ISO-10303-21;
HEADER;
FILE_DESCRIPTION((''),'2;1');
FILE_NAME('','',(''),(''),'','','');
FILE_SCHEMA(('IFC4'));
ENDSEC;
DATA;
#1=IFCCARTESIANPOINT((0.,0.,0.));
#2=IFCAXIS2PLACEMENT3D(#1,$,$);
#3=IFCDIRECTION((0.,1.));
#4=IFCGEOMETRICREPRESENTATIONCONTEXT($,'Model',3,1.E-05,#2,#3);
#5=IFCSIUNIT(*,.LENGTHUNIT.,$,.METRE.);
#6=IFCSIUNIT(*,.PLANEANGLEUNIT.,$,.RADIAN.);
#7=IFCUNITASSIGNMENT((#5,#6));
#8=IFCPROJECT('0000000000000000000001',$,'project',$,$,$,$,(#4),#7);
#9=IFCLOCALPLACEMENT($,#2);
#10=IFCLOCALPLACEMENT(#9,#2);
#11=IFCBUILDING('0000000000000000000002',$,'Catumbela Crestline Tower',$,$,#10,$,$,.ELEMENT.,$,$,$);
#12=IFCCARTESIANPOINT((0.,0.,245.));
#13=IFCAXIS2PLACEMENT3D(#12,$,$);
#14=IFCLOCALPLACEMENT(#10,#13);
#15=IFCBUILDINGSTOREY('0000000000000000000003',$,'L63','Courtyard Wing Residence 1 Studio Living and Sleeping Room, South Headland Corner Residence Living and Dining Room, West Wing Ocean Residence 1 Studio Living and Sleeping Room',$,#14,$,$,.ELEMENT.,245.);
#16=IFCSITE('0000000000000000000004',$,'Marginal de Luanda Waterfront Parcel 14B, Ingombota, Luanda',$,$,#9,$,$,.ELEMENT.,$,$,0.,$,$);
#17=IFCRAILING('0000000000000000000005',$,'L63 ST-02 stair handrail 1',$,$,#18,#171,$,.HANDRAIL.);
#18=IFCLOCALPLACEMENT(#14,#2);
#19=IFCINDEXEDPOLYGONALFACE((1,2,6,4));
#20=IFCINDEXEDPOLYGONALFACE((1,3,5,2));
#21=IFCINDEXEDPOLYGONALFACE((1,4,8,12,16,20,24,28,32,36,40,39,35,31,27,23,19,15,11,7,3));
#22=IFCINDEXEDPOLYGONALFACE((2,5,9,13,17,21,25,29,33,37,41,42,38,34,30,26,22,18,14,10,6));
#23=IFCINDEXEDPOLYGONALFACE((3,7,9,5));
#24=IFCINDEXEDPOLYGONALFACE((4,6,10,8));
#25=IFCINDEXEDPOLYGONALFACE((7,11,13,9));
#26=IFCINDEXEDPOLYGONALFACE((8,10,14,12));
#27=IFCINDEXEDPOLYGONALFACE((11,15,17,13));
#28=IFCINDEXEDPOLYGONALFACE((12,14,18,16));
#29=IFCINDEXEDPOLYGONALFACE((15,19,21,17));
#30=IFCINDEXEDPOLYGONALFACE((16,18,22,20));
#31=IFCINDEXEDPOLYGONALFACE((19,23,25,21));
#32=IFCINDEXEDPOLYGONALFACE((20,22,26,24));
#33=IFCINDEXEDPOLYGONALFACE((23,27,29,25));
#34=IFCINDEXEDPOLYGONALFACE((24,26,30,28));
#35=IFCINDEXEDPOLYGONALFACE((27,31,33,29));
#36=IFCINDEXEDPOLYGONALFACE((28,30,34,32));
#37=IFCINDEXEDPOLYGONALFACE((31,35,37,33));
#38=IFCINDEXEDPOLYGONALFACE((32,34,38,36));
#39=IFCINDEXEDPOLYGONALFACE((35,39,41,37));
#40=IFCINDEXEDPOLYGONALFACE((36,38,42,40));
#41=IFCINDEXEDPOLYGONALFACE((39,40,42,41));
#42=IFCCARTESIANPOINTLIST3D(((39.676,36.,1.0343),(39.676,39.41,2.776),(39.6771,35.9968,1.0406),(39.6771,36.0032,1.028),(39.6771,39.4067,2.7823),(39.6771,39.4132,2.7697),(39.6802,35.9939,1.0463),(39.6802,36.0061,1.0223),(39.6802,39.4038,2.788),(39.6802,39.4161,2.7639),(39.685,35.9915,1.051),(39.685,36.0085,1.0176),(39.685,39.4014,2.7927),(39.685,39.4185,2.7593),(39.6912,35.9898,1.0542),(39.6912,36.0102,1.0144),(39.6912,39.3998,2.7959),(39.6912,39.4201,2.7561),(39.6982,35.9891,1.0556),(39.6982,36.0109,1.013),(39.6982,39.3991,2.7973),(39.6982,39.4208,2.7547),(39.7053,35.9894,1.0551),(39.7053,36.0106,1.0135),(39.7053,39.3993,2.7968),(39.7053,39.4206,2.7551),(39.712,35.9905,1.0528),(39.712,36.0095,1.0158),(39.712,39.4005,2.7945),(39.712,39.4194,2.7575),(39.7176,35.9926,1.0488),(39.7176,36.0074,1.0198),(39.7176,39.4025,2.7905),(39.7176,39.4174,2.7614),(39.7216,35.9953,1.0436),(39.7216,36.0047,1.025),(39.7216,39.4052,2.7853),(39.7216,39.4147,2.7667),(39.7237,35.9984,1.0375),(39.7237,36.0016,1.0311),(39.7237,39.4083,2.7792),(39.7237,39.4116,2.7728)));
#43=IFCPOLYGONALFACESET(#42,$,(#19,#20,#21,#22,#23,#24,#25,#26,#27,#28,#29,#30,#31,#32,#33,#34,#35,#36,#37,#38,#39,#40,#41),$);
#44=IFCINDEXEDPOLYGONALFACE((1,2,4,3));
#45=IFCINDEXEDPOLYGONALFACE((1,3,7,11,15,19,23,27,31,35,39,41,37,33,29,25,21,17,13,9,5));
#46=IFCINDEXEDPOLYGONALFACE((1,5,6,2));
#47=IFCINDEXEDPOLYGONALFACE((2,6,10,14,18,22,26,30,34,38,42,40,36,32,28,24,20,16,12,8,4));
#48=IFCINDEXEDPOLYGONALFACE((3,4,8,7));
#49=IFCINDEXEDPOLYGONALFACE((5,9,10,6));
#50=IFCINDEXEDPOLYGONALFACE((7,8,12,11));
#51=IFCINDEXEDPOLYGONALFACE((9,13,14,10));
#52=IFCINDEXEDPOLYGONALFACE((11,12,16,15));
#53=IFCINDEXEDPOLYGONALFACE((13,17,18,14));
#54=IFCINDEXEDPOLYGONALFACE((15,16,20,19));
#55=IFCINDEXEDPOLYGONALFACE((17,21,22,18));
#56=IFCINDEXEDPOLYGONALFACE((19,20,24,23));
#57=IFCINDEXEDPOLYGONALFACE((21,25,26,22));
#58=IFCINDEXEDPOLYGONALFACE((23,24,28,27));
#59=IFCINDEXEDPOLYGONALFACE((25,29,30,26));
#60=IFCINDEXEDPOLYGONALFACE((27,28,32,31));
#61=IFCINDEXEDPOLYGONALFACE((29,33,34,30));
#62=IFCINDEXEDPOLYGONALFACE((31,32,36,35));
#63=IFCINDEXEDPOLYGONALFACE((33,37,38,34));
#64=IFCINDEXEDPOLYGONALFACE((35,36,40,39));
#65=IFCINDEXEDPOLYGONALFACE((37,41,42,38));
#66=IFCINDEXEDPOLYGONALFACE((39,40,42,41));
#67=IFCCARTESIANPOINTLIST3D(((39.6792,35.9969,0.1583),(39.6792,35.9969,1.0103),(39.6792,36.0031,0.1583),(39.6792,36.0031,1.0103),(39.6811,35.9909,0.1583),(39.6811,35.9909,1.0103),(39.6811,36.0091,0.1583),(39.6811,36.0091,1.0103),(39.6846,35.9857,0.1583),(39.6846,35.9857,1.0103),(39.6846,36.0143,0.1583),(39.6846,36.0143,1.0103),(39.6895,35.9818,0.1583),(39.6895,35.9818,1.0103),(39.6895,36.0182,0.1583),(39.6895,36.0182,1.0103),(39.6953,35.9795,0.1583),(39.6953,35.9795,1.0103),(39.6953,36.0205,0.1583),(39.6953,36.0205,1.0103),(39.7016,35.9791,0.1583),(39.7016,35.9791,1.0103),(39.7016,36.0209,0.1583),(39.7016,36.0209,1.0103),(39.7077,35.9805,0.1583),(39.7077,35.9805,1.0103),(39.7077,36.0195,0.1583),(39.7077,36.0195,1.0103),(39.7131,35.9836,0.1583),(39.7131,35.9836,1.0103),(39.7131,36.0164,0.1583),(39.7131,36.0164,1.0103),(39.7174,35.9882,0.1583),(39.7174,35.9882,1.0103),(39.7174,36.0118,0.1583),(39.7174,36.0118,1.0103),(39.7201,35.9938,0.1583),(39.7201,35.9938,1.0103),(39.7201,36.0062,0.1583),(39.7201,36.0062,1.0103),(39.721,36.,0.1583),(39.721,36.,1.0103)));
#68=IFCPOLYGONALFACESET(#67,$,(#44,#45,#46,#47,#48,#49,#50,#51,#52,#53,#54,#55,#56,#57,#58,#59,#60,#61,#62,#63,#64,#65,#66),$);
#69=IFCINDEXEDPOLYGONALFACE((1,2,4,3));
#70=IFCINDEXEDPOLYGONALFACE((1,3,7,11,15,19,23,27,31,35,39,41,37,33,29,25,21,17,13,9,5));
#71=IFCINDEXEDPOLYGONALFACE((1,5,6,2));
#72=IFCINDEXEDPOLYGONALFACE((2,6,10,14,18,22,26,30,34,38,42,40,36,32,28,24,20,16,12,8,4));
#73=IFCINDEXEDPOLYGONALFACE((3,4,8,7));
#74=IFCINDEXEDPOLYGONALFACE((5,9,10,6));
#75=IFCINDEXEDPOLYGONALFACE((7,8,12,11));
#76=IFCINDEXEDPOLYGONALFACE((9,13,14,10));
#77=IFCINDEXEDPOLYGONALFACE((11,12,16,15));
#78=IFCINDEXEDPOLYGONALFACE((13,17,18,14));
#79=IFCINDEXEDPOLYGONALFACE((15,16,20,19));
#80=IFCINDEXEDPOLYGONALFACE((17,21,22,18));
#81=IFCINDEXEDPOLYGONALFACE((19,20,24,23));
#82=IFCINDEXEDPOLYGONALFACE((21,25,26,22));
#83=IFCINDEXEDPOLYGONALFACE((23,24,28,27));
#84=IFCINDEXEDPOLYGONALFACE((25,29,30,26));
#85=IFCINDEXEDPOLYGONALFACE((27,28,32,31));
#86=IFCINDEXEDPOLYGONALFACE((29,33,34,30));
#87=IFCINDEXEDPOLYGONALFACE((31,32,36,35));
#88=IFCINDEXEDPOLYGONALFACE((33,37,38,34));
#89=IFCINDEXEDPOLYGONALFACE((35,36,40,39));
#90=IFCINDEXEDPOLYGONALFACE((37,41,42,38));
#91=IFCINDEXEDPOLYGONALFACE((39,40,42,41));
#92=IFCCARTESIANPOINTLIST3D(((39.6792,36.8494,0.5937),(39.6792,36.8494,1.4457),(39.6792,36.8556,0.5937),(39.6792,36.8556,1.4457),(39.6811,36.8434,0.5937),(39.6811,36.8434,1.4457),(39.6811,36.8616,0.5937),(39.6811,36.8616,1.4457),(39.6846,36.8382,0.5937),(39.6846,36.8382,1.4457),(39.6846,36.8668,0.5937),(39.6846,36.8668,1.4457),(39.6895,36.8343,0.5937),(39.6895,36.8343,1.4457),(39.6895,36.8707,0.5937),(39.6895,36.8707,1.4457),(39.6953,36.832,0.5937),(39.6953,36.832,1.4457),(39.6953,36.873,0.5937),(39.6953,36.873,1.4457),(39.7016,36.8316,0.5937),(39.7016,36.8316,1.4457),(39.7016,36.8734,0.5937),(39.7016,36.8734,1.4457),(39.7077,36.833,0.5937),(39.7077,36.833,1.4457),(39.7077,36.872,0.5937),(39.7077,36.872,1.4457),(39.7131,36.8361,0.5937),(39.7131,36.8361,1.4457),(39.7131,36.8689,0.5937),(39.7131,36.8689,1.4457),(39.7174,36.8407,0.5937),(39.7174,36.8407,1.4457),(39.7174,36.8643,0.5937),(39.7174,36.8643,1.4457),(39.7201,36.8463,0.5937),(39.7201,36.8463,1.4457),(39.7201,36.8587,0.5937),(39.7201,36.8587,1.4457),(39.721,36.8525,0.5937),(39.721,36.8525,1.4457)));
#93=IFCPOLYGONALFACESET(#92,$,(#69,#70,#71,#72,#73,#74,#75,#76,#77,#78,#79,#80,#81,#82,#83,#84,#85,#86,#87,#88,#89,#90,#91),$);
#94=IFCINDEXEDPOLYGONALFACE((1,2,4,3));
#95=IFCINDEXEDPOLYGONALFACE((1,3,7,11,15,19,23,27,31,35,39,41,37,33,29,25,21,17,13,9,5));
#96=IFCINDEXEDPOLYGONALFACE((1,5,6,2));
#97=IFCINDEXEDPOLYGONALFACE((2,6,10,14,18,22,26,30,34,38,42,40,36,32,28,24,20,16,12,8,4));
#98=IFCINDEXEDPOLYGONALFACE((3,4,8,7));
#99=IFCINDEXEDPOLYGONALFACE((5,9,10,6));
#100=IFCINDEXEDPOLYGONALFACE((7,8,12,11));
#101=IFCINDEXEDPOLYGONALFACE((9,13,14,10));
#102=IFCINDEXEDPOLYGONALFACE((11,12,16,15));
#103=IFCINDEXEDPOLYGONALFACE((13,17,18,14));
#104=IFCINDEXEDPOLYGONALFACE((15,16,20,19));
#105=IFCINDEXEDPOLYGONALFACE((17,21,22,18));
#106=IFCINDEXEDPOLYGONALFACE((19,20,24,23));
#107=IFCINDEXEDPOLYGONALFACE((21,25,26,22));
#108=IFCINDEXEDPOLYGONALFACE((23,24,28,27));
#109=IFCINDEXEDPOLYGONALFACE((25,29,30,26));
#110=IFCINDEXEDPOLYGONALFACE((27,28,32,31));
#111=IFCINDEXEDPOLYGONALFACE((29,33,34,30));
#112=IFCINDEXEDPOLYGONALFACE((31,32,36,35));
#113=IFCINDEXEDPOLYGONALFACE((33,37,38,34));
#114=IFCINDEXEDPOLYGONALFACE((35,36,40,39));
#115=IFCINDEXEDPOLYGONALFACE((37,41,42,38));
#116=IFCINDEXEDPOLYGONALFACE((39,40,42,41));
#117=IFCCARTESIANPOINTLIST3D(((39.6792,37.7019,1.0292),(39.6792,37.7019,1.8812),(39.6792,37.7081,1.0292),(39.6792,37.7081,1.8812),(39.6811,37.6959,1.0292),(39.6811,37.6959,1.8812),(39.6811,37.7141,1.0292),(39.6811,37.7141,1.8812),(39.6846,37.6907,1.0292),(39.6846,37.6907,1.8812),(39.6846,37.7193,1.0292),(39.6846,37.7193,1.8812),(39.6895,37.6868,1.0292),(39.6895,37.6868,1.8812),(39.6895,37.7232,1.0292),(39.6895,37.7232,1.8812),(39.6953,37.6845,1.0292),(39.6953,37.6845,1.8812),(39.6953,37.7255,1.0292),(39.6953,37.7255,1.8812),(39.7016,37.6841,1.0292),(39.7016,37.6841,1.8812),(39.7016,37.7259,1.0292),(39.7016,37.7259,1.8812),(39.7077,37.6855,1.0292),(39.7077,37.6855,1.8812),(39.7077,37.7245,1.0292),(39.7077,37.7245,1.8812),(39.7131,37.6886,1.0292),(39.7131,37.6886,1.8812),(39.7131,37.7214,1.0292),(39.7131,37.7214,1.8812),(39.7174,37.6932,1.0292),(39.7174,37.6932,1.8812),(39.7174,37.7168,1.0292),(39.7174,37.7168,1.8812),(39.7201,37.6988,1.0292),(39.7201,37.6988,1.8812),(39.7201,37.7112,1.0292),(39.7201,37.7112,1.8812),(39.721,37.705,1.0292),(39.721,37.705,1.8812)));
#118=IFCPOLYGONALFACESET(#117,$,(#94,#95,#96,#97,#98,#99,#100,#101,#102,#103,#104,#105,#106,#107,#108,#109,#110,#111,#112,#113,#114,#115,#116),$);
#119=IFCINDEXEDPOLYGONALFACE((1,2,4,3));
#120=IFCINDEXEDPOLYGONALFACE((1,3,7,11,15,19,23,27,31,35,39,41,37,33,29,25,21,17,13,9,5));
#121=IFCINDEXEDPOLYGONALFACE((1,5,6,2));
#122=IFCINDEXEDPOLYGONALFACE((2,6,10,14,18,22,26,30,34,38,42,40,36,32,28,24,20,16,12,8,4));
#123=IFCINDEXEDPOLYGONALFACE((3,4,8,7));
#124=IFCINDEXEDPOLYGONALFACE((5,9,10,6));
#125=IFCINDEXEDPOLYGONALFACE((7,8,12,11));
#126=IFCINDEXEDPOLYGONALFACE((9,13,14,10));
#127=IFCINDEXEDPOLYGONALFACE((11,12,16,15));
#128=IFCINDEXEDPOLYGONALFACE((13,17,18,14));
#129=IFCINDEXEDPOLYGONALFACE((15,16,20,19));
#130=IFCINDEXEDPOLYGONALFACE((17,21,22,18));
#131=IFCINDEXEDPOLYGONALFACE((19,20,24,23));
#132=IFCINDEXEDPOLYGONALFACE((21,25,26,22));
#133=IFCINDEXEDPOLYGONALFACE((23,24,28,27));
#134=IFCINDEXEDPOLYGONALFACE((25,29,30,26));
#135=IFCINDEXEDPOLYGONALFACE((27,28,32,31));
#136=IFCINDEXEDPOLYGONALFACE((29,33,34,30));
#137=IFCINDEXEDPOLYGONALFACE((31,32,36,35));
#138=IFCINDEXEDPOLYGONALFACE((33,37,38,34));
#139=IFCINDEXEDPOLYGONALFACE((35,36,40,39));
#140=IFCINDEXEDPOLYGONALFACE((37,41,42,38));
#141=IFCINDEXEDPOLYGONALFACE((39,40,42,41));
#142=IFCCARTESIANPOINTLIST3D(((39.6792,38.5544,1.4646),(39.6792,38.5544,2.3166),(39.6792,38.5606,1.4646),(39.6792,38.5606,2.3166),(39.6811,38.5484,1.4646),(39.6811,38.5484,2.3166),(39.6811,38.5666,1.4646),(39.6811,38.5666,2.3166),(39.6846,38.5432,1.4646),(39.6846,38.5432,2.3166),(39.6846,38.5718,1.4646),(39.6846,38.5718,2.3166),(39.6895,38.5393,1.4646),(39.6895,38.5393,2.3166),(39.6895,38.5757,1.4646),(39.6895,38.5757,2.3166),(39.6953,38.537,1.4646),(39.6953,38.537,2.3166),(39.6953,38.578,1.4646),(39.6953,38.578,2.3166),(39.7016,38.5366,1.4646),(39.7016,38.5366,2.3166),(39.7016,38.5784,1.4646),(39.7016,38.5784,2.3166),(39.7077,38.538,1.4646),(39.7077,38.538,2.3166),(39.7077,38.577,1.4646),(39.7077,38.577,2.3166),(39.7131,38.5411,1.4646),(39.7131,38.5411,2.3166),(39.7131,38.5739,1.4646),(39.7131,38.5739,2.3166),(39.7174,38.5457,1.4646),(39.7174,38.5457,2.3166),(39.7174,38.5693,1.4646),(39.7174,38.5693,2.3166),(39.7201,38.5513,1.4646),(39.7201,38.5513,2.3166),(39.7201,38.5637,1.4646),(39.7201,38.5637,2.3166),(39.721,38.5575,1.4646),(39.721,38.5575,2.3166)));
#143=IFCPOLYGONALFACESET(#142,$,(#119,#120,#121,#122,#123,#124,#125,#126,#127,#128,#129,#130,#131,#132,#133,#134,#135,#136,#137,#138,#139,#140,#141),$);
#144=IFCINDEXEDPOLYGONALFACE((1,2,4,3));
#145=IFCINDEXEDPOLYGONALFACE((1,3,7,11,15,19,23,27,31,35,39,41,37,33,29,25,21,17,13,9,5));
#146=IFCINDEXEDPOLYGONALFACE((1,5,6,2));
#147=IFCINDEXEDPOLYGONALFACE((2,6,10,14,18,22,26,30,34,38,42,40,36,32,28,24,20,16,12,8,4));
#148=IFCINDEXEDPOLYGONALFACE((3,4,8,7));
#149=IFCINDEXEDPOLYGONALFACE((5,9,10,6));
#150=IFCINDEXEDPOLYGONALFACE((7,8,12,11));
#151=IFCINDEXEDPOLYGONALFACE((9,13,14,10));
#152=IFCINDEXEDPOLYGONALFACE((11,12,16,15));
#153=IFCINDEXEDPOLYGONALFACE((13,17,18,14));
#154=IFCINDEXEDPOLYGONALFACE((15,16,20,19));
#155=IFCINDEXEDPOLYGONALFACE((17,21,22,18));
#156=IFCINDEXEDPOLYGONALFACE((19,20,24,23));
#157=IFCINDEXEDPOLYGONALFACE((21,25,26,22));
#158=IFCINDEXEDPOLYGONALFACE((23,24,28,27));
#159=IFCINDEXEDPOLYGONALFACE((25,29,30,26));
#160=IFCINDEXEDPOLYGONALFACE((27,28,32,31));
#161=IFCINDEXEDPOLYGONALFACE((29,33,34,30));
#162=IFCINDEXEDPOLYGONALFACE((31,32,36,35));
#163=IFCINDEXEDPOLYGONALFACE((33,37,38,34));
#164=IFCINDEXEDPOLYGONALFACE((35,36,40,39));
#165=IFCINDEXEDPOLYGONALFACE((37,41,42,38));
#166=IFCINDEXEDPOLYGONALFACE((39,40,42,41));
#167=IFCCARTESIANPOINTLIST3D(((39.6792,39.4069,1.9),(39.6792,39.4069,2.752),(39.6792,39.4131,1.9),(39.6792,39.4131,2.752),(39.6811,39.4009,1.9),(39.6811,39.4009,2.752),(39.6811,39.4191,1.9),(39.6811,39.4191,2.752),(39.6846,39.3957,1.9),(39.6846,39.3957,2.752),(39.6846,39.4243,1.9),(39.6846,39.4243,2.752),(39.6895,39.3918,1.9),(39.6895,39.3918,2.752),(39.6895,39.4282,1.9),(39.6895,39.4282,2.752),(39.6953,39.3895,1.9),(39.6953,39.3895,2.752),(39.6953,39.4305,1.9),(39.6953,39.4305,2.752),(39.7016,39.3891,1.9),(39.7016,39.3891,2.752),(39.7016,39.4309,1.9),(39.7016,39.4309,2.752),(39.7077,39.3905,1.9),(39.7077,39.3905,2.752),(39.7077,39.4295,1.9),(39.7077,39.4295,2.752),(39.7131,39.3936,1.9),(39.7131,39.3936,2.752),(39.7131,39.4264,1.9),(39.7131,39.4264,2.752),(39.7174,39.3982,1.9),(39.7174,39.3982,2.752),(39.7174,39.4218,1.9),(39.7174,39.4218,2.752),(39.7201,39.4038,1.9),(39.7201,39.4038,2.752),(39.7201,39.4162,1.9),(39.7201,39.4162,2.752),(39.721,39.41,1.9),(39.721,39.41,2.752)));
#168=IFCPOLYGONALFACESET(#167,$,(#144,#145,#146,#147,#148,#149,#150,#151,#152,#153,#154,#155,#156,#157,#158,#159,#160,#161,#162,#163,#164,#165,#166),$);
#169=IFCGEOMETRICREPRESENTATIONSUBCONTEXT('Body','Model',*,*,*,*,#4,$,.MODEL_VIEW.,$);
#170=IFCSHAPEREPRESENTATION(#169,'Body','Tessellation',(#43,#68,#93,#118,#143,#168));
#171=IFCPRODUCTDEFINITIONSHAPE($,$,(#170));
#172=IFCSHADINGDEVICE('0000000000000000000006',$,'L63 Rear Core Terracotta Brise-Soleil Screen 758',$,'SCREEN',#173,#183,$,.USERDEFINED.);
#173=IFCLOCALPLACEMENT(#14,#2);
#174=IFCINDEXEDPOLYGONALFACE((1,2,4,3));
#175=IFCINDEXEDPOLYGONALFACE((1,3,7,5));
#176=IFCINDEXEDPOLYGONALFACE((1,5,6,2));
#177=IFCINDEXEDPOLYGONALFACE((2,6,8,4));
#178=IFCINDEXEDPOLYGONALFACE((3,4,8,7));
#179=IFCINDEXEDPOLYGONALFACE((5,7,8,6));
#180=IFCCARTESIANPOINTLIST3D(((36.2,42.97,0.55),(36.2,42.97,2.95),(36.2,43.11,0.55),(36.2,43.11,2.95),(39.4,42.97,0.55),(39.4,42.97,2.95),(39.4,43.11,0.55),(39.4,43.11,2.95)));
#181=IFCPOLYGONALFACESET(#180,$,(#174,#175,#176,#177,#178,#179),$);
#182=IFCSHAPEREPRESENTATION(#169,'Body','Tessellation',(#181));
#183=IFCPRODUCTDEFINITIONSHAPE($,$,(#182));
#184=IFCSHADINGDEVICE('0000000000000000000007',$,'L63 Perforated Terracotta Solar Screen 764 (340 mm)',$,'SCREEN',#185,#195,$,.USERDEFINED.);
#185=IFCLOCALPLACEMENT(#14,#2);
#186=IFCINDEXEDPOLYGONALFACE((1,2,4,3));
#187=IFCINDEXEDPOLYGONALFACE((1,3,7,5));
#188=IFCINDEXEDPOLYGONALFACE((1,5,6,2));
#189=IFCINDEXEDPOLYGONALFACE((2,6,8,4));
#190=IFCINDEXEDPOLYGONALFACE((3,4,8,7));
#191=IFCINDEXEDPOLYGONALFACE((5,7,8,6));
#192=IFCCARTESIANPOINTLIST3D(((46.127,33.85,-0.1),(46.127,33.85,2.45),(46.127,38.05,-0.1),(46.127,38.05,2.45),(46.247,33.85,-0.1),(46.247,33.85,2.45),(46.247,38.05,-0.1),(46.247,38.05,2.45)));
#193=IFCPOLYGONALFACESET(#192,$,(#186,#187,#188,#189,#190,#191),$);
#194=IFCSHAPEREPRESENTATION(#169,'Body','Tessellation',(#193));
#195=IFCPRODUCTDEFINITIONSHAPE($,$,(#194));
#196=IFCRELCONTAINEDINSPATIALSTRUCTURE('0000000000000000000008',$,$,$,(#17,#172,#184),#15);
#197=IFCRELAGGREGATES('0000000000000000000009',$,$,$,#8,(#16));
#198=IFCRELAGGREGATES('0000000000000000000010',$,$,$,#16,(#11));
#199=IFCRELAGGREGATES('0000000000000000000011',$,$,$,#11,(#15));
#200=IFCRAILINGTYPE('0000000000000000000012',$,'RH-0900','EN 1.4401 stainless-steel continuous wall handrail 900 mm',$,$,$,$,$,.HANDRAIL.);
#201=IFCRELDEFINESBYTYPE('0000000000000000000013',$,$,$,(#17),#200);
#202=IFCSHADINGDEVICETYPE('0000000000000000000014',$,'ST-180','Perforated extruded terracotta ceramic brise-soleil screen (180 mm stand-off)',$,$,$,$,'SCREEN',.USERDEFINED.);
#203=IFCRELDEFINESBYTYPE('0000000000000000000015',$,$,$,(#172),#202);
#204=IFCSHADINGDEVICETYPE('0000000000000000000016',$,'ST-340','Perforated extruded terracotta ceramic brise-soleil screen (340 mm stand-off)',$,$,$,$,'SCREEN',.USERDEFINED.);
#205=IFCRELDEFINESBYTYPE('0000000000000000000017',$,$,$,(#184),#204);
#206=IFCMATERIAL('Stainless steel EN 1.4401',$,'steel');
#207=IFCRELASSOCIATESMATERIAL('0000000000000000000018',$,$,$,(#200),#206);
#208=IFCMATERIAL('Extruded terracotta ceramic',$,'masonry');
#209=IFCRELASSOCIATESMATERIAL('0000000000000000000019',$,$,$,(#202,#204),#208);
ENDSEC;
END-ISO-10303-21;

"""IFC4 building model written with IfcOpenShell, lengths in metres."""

from ifc_helpers import new_model, si_unit, direction, frame, origin, origin_2d, place, context, subcontext, project, spatial, rectangle, circle, extrude, material, type_object, element, save


model = new_model("IFC4")

# Units and contexts
model_context = context("Model", 3, precision=1e-05, world=origin(), true_north=direction((0.0, 1.0)))
body_context = subcontext(model_context, "Body", "Model", "MODEL_VIEW")
ifc_project = project(units=[si_unit("LENGTHUNIT", "METRE"), si_unit("PLANEANGLEUNIT", "RADIAN")], contexts=[model_context])

# Site, building, storey
site_placement = place(None, origin())
site = spatial("IfcSite", under=ifc_project, at=site_placement, Name="Marginal de Luanda Waterfront Parcel 14B, Ingombota, Luanda", CompositionType="ELEMENT", RefElevation=0.0)
building_placement = place(site_placement, origin())
building = spatial("IfcBuilding", under=site, at=building_placement, Name="Catumbela Crestline Tower", CompositionType="ELEMENT")
storey_placement = place(building_placement, frame((0.0, 0.0, 245.0)))
storey = spatial("IfcBuildingStorey", under=building, at=storey_placement, Name="L63", Description="Courtyard Wing Residence 1 Studio Living and Sleeping Room, South Headland Corner Residence Living and Dining Room, West Wing Ocean Residence 1 Studio Living and Sleeping Room", CompositionType="ELEMENT", Elevation=245.0)

# Railing
ifc_material_1 = material(Name="Stainless steel EN 1.4401", Category="steel")
railing_type_1 = type_object("IfcRailingType", Name="RH-0900", Description="EN 1.4401 stainless-steel continuous wall handrail 900 mm", PredefinedType="HANDRAIL", material=ifc_material_1)
railing_1_placement = place(storey_placement, frame((39.7, 36.0, 0.1583)))
element("IfcRailing", 1, at=railing_1_placement, inside=storey, type_object=railing_type_1, Name="L63 ST-02 stair handrail 1", PredefinedType="HANDRAIL", context=body_context, shape_type="SweptSolid", body=[
    extrude(circle(Radius=0.024, at=origin_2d()), frame((0.0, 0.0, 0.876), z_axis=(0.0, 0.89056, 0.454865), x_axis=(-1.0, 0.0, 0.0)), (0.0, 0.0, 1.0), 3.829),
    extrude(circle(Radius=0.021, at=origin_2d()), origin(), (0.0, 0.0, 1.0), 0.852),
    extrude(circle(Radius=0.021, at=origin_2d()), frame((0.0, 0.8525, 0.4354)), (0.0, 0.0, 1.0), 0.852),
    extrude(circle(Radius=0.021, at=origin_2d()), frame((0.0, 1.705, 0.8709)), (0.0, 0.0, 1.0), 0.852),
    extrude(circle(Radius=0.021, at=origin_2d()), frame((0.0, 2.5575, 1.3063)), (0.0, 0.0, 1.0), 0.852),
    extrude(circle(Radius=0.021, at=origin_2d()), frame((0.0, 3.41, 1.7417)), (0.0, 0.0, 1.0), 0.852),
])

# Shading devices
ifc_material_2 = material(Name="Extruded terracotta ceramic", Category="masonry")
shading_device_type_1 = type_object("IfcShadingDeviceType", Name="ST-180", Description="Perforated extruded terracotta ceramic brise-soleil screen (180 mm stand-off)", ElementType="SCREEN", PredefinedType="USERDEFINED", material=ifc_material_2)
shading_device_1_placement = place(storey_placement, frame((37.8, 43.04, 0.55), z_axis=(0.0, 0.0, 1.0), x_axis=(1.0, 0.0, 0.0)))
element("IfcShadingDevice", 2, at=shading_device_1_placement, inside=storey, type_object=shading_device_type_1, Name="L63 Rear Core Terracotta Brise-Soleil Screen 758", ObjectType="SCREEN", PredefinedType="USERDEFINED", context=body_context, shape_type="SweptSolid", body=[
    extrude(rectangle(XDim=3.2, YDim=0.14, at=origin_2d()), origin(), (0.0, 0.0, 1.0), 2.4),
])
shading_device_type_2 = type_object("IfcShadingDeviceType", Name="ST-340", Description="Perforated extruded terracotta ceramic brise-soleil screen (340 mm stand-off)", ElementType="SCREEN", PredefinedType="USERDEFINED", material=ifc_material_2)
shading_device_2_placement = place(storey_placement, frame((46.187, 35.95, -0.1), z_axis=(0.0, 0.0, 1.0), x_axis=(0.0, 1.0, 0.0)))
element("IfcShadingDevice", 3, at=shading_device_2_placement, inside=storey, type_object=shading_device_type_2, Name="L63 Perforated Terracotta Solar Screen 764 (340 mm)", ObjectType="SCREEN", PredefinedType="USERDEFINED", context=body_context, shape_type="SweptSolid", body=[
    extrude(rectangle(XDim=4.2, YDim=0.12, at=origin_2d()), origin(), (0.0, 0.0, 1.0), 2.55),
])

save(model, "model.ifc")
